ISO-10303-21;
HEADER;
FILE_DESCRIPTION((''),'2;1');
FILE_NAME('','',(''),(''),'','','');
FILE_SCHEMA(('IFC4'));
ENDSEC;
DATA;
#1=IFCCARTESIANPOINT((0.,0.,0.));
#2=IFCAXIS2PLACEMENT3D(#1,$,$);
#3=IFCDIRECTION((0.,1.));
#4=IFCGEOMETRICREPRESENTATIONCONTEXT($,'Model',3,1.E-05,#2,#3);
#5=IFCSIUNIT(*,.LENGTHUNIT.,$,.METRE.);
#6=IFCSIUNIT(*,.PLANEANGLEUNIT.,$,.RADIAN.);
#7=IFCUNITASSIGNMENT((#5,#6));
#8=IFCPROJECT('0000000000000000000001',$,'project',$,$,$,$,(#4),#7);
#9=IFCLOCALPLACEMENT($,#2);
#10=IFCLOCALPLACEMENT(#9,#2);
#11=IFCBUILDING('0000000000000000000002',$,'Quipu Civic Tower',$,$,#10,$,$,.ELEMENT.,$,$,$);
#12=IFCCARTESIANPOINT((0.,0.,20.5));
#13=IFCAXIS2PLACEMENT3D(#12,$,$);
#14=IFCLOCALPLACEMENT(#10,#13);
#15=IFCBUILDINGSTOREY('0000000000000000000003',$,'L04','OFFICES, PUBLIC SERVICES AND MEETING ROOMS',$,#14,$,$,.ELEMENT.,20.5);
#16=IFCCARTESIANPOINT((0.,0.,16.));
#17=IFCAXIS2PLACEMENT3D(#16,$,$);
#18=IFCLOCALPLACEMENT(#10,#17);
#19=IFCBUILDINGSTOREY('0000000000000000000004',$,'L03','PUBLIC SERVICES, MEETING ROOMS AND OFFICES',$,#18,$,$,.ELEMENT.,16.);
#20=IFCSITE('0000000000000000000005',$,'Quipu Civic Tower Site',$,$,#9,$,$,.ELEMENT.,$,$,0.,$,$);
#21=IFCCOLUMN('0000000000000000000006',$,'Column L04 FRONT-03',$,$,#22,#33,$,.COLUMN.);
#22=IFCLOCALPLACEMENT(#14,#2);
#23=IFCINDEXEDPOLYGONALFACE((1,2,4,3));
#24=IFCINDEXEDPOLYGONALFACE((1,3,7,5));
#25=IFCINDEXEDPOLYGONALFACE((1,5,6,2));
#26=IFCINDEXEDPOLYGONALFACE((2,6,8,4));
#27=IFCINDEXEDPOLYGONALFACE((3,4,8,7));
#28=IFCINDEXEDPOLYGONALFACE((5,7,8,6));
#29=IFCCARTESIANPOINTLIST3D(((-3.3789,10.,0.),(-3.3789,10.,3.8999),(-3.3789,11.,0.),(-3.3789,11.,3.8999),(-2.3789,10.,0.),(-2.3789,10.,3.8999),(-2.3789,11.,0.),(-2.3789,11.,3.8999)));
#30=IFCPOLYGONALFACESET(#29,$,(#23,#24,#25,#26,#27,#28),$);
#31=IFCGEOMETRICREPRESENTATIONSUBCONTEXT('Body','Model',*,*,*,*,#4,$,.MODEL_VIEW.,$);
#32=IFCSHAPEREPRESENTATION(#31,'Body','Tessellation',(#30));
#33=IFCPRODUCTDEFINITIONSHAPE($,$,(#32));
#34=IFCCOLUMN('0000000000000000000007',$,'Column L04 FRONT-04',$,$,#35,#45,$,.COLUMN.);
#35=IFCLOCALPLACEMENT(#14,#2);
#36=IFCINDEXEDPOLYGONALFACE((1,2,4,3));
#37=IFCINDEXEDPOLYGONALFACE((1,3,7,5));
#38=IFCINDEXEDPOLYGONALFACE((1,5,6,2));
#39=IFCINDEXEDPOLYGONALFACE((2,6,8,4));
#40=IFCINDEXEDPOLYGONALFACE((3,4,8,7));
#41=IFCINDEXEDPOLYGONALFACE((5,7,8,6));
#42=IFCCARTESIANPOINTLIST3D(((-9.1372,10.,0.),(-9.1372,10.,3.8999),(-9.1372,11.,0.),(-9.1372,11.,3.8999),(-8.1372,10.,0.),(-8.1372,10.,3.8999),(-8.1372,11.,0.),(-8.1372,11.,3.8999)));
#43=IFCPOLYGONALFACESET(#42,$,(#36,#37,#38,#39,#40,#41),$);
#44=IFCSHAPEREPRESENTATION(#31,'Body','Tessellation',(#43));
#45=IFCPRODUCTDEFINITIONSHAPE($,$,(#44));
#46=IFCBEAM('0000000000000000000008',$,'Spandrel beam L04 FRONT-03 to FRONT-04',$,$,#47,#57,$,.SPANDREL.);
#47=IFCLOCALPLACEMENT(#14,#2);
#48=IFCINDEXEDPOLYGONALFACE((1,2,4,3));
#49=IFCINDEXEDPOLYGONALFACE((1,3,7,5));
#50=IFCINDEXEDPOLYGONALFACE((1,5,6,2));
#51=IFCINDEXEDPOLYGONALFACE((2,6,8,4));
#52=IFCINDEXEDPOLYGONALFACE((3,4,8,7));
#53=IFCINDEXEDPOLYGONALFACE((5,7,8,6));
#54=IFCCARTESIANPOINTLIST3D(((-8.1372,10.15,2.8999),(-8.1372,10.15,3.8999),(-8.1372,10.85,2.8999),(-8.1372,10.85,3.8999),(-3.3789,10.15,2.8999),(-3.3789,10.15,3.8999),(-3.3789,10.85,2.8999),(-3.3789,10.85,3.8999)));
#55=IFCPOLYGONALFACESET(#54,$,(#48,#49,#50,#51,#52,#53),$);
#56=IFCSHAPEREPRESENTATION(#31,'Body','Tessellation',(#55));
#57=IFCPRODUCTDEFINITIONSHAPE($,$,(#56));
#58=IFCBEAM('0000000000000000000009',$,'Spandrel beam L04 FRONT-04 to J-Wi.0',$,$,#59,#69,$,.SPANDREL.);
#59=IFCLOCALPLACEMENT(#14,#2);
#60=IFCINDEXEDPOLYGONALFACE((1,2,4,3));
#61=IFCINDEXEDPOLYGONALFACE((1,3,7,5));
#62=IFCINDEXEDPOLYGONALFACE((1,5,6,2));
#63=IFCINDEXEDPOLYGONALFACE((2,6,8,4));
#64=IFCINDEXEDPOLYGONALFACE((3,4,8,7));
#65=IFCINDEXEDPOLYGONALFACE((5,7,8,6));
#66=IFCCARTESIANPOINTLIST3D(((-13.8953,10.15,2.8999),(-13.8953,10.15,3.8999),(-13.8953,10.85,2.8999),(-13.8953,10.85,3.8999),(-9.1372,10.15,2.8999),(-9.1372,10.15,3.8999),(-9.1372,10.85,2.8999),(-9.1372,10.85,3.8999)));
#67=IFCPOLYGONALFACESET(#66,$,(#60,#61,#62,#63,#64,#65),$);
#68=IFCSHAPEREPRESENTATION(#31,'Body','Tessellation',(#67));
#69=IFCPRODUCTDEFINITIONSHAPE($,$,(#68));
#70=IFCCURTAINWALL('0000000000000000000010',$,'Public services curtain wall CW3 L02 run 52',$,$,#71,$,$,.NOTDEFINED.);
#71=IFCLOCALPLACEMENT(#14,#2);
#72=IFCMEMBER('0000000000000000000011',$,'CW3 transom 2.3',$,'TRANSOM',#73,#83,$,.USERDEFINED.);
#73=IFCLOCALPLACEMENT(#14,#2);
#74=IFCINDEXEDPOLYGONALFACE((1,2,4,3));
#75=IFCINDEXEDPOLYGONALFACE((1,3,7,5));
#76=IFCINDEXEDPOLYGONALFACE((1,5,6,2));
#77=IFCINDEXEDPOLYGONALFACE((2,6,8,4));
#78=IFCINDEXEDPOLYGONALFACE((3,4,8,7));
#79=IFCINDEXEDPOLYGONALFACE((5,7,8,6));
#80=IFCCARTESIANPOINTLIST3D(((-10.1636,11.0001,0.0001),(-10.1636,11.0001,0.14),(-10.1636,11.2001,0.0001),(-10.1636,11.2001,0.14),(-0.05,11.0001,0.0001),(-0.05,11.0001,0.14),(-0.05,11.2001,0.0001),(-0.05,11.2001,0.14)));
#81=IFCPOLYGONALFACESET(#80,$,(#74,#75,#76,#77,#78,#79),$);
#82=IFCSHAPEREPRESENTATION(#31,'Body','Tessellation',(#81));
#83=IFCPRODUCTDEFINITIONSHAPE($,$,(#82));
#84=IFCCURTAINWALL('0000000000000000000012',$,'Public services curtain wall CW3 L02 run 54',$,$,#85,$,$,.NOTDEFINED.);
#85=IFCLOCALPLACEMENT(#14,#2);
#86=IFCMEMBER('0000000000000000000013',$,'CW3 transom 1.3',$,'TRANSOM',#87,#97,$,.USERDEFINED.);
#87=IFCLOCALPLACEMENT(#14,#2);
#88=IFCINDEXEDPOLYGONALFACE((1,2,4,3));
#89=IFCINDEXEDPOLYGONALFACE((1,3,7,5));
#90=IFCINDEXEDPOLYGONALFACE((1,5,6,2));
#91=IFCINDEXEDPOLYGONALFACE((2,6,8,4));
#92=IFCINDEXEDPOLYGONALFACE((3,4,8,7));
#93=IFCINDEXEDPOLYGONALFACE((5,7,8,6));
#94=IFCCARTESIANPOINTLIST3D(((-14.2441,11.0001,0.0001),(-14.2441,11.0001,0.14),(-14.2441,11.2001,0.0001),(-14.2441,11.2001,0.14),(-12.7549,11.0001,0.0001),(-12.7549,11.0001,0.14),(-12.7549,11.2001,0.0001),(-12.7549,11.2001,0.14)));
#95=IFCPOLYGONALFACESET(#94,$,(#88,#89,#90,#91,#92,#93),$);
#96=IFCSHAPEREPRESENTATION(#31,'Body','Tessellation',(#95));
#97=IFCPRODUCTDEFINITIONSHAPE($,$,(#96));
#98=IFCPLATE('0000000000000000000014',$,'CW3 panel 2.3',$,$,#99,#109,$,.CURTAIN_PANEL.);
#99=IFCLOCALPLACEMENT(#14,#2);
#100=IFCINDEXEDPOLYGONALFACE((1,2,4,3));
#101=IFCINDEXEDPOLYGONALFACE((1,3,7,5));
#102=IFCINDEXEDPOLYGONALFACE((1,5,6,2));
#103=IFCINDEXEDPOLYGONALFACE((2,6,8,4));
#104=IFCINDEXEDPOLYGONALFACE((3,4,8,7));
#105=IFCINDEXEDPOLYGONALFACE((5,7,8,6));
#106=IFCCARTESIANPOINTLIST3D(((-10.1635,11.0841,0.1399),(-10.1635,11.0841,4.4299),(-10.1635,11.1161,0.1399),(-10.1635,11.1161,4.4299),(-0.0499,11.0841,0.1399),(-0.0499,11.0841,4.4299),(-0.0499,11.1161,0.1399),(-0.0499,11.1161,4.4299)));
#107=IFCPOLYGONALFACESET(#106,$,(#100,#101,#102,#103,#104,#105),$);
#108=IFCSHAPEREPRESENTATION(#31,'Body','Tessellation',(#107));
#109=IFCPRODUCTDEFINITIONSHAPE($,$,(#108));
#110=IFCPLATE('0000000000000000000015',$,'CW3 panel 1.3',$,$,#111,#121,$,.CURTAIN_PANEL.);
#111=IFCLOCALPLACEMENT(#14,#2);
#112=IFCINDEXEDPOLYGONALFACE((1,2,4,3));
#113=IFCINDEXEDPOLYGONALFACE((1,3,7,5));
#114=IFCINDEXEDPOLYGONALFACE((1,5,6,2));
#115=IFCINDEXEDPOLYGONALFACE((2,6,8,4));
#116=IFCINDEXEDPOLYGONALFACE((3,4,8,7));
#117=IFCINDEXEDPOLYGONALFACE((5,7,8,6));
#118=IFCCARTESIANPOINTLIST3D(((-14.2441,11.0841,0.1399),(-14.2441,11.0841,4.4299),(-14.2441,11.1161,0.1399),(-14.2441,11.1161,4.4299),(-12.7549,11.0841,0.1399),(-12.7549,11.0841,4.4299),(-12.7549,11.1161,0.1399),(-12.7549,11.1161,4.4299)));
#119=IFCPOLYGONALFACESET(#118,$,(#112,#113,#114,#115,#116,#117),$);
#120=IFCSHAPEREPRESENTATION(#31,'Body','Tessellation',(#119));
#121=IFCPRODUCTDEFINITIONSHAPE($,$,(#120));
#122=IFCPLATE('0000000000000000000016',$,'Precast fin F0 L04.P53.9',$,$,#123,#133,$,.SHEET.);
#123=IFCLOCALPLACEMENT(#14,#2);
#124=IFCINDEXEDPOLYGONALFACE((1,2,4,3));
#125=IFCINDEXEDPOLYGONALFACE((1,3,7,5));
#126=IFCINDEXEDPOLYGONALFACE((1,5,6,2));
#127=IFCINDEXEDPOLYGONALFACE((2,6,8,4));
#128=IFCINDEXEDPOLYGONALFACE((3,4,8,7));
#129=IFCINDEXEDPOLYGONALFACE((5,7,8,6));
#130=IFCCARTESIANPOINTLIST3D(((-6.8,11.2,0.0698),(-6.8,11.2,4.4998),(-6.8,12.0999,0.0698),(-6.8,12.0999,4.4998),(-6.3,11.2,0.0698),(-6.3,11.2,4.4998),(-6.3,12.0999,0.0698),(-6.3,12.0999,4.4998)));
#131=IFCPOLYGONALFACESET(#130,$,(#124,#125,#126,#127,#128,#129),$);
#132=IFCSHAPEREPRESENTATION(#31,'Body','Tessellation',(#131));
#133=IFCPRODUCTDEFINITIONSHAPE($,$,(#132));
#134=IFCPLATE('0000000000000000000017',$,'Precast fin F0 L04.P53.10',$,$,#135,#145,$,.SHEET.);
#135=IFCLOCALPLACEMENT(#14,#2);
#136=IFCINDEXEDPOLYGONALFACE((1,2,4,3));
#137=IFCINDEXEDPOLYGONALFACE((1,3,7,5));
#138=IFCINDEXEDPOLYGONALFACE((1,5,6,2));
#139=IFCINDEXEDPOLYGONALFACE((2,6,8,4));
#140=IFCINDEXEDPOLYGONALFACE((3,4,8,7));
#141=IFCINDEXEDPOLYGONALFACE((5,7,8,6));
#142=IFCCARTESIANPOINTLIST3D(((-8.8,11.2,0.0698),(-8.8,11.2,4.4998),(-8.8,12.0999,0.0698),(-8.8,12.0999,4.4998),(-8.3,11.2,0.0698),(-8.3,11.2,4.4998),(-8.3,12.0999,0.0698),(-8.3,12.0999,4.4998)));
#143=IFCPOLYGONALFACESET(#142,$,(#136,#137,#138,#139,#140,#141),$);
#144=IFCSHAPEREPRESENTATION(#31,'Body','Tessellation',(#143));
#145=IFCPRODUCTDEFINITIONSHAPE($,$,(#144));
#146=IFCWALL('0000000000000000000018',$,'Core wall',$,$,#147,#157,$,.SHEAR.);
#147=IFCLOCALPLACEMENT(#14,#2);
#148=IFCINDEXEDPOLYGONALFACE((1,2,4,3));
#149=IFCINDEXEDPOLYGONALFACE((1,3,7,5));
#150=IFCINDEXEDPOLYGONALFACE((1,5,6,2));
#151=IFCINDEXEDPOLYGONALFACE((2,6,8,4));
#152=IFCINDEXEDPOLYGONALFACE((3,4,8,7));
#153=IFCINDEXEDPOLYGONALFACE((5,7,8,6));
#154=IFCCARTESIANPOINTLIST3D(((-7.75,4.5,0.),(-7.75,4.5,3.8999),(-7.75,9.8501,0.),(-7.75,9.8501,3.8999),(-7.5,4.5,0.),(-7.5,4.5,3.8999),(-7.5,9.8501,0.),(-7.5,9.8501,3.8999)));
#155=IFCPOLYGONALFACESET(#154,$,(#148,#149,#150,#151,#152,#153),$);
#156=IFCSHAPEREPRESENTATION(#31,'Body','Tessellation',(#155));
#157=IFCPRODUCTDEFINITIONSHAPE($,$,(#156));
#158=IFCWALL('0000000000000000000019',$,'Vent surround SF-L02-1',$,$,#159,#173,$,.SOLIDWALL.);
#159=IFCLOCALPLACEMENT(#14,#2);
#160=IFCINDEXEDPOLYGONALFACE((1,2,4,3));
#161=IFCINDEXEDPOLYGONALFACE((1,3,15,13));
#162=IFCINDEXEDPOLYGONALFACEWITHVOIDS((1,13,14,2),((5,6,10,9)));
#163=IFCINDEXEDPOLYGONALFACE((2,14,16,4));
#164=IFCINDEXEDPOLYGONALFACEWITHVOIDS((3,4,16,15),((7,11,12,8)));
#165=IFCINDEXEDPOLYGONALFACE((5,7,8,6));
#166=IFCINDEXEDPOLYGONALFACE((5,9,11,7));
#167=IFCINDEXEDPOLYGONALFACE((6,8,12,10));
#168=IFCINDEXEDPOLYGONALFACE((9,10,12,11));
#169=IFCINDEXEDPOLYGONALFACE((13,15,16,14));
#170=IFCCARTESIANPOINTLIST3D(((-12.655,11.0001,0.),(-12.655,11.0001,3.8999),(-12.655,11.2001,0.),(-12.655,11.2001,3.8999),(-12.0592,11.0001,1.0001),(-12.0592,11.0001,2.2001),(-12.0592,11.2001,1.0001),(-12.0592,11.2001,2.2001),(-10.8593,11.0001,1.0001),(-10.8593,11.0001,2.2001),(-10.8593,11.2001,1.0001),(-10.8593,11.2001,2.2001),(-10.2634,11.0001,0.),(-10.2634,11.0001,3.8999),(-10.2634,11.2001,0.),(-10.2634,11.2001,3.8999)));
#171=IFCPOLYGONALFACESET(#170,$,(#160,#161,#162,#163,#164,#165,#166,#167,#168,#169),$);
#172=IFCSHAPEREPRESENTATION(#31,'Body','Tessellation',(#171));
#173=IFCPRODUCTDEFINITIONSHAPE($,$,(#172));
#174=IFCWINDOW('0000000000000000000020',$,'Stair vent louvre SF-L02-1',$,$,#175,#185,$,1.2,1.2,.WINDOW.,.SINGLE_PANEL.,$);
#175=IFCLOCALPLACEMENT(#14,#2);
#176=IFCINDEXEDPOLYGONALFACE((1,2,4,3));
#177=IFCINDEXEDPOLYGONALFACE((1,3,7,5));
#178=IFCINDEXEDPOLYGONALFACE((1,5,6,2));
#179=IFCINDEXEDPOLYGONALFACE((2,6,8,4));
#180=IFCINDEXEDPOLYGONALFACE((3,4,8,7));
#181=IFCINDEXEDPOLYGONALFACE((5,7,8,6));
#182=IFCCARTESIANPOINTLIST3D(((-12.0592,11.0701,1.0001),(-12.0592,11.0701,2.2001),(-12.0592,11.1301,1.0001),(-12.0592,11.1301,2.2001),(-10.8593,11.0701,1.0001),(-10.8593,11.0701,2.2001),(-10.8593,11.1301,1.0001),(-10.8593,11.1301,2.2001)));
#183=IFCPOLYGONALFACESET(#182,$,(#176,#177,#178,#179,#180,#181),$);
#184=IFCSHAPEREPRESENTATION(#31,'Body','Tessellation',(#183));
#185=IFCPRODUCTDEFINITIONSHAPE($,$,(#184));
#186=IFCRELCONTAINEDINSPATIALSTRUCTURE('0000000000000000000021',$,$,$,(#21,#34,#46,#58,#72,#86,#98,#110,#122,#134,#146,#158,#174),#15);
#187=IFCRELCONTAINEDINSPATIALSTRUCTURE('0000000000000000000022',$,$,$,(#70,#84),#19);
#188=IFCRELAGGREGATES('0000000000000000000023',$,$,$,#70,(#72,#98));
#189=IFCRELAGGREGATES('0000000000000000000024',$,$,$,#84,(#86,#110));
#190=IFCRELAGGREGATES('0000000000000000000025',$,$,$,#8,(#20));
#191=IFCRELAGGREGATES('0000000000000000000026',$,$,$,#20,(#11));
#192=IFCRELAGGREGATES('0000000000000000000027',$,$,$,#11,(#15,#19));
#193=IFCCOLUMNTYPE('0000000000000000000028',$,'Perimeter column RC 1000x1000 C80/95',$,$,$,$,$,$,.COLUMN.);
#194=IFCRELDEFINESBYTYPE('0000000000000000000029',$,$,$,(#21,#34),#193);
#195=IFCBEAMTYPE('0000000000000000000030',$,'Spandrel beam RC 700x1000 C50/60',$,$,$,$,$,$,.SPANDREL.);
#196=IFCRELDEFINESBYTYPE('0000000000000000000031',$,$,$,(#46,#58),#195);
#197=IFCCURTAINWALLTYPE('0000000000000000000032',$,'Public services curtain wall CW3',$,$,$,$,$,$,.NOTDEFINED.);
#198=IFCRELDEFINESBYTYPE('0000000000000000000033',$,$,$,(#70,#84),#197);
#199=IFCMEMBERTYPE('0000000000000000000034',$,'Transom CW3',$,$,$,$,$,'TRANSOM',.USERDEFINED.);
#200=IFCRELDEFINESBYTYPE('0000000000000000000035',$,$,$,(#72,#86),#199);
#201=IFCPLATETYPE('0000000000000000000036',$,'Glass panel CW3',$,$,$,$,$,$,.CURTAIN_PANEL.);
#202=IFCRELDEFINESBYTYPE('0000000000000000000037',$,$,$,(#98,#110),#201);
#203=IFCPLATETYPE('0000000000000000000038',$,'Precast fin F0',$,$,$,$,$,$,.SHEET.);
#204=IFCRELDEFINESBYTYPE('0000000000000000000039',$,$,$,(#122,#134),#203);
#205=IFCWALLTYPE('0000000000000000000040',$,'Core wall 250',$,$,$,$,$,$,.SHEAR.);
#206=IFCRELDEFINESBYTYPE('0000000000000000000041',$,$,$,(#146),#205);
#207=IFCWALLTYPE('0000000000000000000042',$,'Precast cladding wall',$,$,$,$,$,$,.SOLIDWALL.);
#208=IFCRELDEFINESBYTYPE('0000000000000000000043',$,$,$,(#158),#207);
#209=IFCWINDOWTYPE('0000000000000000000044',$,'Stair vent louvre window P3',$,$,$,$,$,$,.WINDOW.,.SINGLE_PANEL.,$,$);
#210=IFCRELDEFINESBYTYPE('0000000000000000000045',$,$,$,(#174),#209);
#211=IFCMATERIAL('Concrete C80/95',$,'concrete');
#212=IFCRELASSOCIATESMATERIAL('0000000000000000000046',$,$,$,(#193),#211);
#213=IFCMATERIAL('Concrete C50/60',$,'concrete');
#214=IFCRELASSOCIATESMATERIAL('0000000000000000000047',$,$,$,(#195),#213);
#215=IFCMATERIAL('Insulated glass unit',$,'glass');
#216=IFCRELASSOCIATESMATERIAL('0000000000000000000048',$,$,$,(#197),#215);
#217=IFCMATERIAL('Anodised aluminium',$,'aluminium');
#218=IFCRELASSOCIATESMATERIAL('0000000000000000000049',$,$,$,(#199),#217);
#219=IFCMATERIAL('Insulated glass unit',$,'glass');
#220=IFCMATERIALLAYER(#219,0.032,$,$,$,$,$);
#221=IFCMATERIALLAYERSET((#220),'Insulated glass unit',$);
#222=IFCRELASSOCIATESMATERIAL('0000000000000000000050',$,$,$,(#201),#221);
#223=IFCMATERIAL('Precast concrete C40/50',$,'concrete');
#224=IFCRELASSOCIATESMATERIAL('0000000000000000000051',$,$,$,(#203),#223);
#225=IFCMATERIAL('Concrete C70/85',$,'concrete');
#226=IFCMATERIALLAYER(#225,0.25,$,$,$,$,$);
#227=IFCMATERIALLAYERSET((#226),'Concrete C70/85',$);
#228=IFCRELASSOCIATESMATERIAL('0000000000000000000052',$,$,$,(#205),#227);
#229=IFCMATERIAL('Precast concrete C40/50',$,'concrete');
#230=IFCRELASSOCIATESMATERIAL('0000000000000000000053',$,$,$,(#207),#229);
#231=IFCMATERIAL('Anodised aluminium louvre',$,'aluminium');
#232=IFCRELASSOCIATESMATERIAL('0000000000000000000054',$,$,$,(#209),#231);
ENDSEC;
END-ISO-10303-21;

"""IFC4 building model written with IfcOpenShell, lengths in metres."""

from ifc_helpers import new_model, si_unit, direction, frame, frame_2d, origin, origin_2d, place, context, subcontext, project, spatial, rectangle, extrude, material, layer, layer_set, material_profile, profile_set, type_object, element, fill, aggregate, save


model = new_model("IFC4")

# Units and contexts
model_context = context("Model", 3, precision=1e-05, world=origin(), true_north=direction((0.0, 1.0)))
body_context = subcontext(model_context, "Body", "Model", "MODEL_VIEW")
ifc_project = project(units=[si_unit("LENGTHUNIT", "METRE"), si_unit("PLANEANGLEUNIT", "RADIAN")], contexts=[model_context])

# Site, building, storey
site_placement = place(None, origin())
site = spatial("IfcSite", under=ifc_project, at=site_placement, Name="Quipu Civic Tower Site", CompositionType="ELEMENT", RefElevation=0.0)
building_placement = place(site_placement, origin())
building = spatial("IfcBuilding", under=site, at=building_placement, Name="Quipu Civic Tower", CompositionType="ELEMENT")
storey_1_placement = place(building_placement, frame((0.0, 0.0, 20.5)))
storey_1 = spatial("IfcBuildingStorey", under=building, at=storey_1_placement, Name="L04", Description="OFFICES, PUBLIC SERVICES AND MEETING ROOMS", CompositionType="ELEMENT", Elevation=20.5)

# Columns
ifc_material_1 = material(Name="Concrete C80/95", Category="concrete")
ifc_material_profile_1 = material_profile(ifc_material_1, rectangle(XDim=1.0, YDim=1.0, at=origin_2d()), Name="RC1000x1000")
ifc_profile_set_1 = profile_set([ifc_material_profile_1], Name="Concrete C80/95")
column_type = type_object("IfcColumnType", Name="Perimeter column RC 1000x1000 C80/95", PredefinedType="COLUMN", material=ifc_profile_set_1)
for number, where, z_axis, x_axis, name in (
    (1, (-2.8789, 10.5, 0.0), (0.0, 0.0, 1.0), (-1.0, 0.0, 0.0), "Column L04 FRONT-03"),
    (2, (-8.6372, 10.5, 0.0), (0.0, 0.0, 1.0), (-1.0, 0.0, 0.0), "Column L04 FRONT-04"),
):
    element("IfcColumn", number, at=place(storey_1_placement, frame(where, z_axis=z_axis, x_axis=x_axis)), inside=storey_1, type_object=column_type, Name=name, PredefinedType="COLUMN", context=body_context, shape_type="SweptSolid", body=[
        extrude(rectangle(XDim=1.0, YDim=1.0, at=origin_2d()), origin(), (0.0, 0.0, 1.0), 3.8999),
    ])

# Beams
ifc_material_2 = material(Name="Concrete C50/60", Category="concrete")
ifc_material_profile_2 = material_profile(ifc_material_2, rectangle(XDim=0.7, YDim=1.0, at=origin_2d()), Name="RC700x1000")
ifc_profile_set_2 = profile_set([ifc_material_profile_2], Name="Concrete C50/60")
beam_type = type_object("IfcBeamType", Name="Spandrel beam RC 700x1000 C50/60", PredefinedType="SPANDREL", material=ifc_profile_set_2)
beam_1_placement = place(storey_1_placement, frame((-3.3789, 10.5, 3.3999), z_axis=(-1.0, 0.0, 0.0), x_axis=(0.0, -1.0, 0.0)))
element("IfcBeam", 3, at=beam_1_placement, inside=storey_1, type_object=beam_type, Name="Spandrel beam L04 FRONT-03 to FRONT-04", PredefinedType="SPANDREL", context=body_context, shape_type="SweptSolid", body=[
    extrude(rectangle(XDim=0.7, YDim=1.0, at=origin_2d()), origin(), (0.0, 0.0, 1.0), 4.7583),
])
beam_2_placement = place(storey_1_placement, frame((-9.1372, 10.5, 3.3999), z_axis=(-1.0, 0.0, 0.0), x_axis=(0.0, -1.0, 0.0)))
element("IfcBeam", 4, at=beam_2_placement, inside=storey_1, type_object=beam_type, Name="Spandrel beam L04 FRONT-04 to J-Wi.0", PredefinedType="SPANDREL", context=body_context, shape_type="SweptSolid", body=[
    extrude(rectangle(XDim=0.7, YDim=1.0, at=origin_2d()), origin(), (0.0, 0.0, 1.0), 4.7581),
])

# Shared definitions
storey_2_placement = place(building_placement, frame((0.0, 0.0, 16.0)))
storey_2 = spatial("IfcBuildingStorey", under=building, at=storey_2_placement, Name="L03", Description="PUBLIC SERVICES, MEETING ROOMS AND OFFICES", CompositionType="ELEMENT", Elevation=16.0)

# Curtain walls, members
ifc_material_3 = material(Name="Insulated glass unit", Category="glass")
curtain_wall_type = type_object("IfcCurtainWallType", Name="Public services curtain wall CW3", PredefinedType="NOTDEFINED", material=ifc_material_3)
curtain_wall_1_placement = place(storey_2_placement, origin())
curtain_wall_1 = element("IfcCurtainWall", 5, at=curtain_wall_1_placement, inside=storey_2, type_object=curtain_wall_type, Name="Public services curtain wall CW3 L02 run 52", PredefinedType="NOTDEFINED")
ifc_material_4 = material(Name="Anodised aluminium", Category="aluminium")
ifc_material_profile_3 = material_profile(ifc_material_4, rectangle(XDim=0.2, YDim=0.1399, at=origin_2d()), Name="RECT 200x140")
ifc_profile_set_3 = profile_set([ifc_material_profile_3], Name="Anodised aluminium")
member_type = type_object("IfcMemberType", Name="Transom CW3", ElementType="TRANSOM", PredefinedType="USERDEFINED", material=ifc_profile_set_3)
member_1_placement = place(storey_1_placement, frame((-0.05, 11.1001, 0.0701), z_axis=(-1.0, 0.0, 0.0), x_axis=(0.0, -1.0, 0.0)))
member_1 = element("IfcMember", 6, at=member_1_placement, inside=storey_1, type_object=member_type, Name="CW3 transom 2.3", ObjectType="TRANSOM", PredefinedType="USERDEFINED", context=body_context, shape_type="SweptSolid", body=[
    extrude(rectangle(XDim=0.2, YDim=0.1399, at=origin_2d()), origin(), (0.0, 0.0, 1.0), 10.1135),
])
curtain_wall_2_placement = place(storey_2_placement, origin())
curtain_wall_2 = element("IfcCurtainWall", 7, at=curtain_wall_2_placement, inside=storey_2, type_object=curtain_wall_type, Name="Public services curtain wall CW3 L02 run 54", PredefinedType="NOTDEFINED")
member_2_placement = place(storey_1_placement, frame((-12.7549, 11.1001, 0.0701), z_axis=(-1.0, 0.0, 0.0), x_axis=(0.0, -1.0, 0.0)))
member_2 = element("IfcMember", 8, at=member_2_placement, inside=storey_1, type_object=member_type, Name="CW3 transom 1.3", ObjectType="TRANSOM", PredefinedType="USERDEFINED", context=body_context, shape_type="SweptSolid", body=[
    extrude(rectangle(XDim=0.2, YDim=0.1399, at=origin_2d()), origin(), (0.0, 0.0, 1.0), 1.4893),
])

# Plates
ifc_material_5 = material(Name="Insulated glass unit", Category="glass")
ifc_layer_1 = layer(ifc_material_5, 0.032)
ifc_layer_set_1 = layer_set([ifc_layer_1], Name="Insulated glass unit")
plate_type_1 = type_object("IfcPlateType", Name="Glass panel CW3", PredefinedType="CURTAIN_PANEL", material=ifc_layer_set_1)
plate_1_placement = place(storey_1_placement, frame((-5.1067, 11.1001, 0.1399), z_axis=(0.0, 0.0, 1.0), x_axis=(-1.0, 0.0, 0.0)))
plate_1 = element("IfcPlate", 9, at=plate_1_placement, inside=storey_1, type_object=plate_type_1, Name="CW3 panel 2.3", PredefinedType="CURTAIN_PANEL", context=body_context, shape_type="SweptSolid", body=[
    extrude(rectangle(XDim=10.1135, YDim=0.032, at=origin_2d()), origin(), (0.0, 0.0, 1.0), 4.29),
])
aggregate(curtain_wall_1, [member_1, plate_1])
plate_2_placement = place(storey_1_placement, frame((-13.4995, 11.1001, 0.1399), z_axis=(0.0, 0.0, 1.0), x_axis=(-1.0, 0.0, 0.0)))
plate_2 = element("IfcPlate", 10, at=plate_2_placement, inside=storey_1, type_object=plate_type_1, Name="CW3 panel 1.3", PredefinedType="CURTAIN_PANEL", context=body_context, shape_type="SweptSolid", body=[
    extrude(rectangle(XDim=1.4893, YDim=0.032, at=origin_2d()), origin(), (0.0, 0.0, 1.0), 4.29),
])
aggregate(curtain_wall_2, [member_2, plate_2])

# Plates
ifc_material_6 = material(Name="Precast concrete C40/50", Category="concrete")
plate_type_2 = type_object("IfcPlateType", Name="Precast fin F0", PredefinedType="SHEET", material=ifc_material_6)
for number, where, z_axis, x_axis, name in (
    (11, (-6.55, 11.6499, 0.0698), (0.0, 0.0, 1.0), (-1.0, 0.0, 0.0), "Precast fin F0 L04.P53.9"),
    (12, (-8.55, 11.6499, 0.0698), (0.0, 0.0, 1.0), (-1.0, 0.0, 0.0), "Precast fin F0 L04.P53.10"),
):
    element("IfcPlate", number, at=place(storey_1_placement, frame(where, z_axis=z_axis, x_axis=x_axis)), inside=storey_1, type_object=plate_type_2, Name=name, PredefinedType="SHEET", context=body_context, shape_type="SweptSolid", body=[
        extrude(rectangle(XDim=0.5, YDim=0.8999, at=origin_2d()), origin(), (0.0, 0.0, 1.0), 4.4299),
    ])

# Wall
ifc_material_7 = material(Name="Concrete C70/85", Category="concrete")
ifc_layer_2 = layer(ifc_material_7, 0.25)
ifc_layer_set_2 = layer_set([ifc_layer_2], Name="Concrete C70/85")
wall_type_1 = type_object("IfcWallType", Name="Core wall 250", PredefinedType="SHEAR", material=ifc_layer_set_2)
wall_1_placement = place(storey_1_placement, frame((-7.625, 4.5, 0.0), z_axis=(0.0, 0.0, 1.0), x_axis=(0.0, 1.0, 0.0)))
element("IfcWall", 13, at=wall_1_placement, inside=storey_1, type_object=wall_type_1, Name="Core wall", PredefinedType="SHEAR", context=body_context, shape_type="SweptSolid", body=[
    extrude(rectangle(XDim=5.3501, YDim=0.25, at=frame_2d((2.675, 0.0))), origin(), (0.0, 0.0, 1.0), 3.8999),
])

# Wall, opening, window
ifc_material_8 = material(Name="Precast concrete C40/50", Category="concrete")
wall_type_2 = type_object("IfcWallType", Name="Precast cladding wall", PredefinedType="SOLIDWALL", material=ifc_material_8)
wall_2_placement = place(storey_1_placement, frame((-10.2634, 11.1001, 0.0), z_axis=(0.0, 0.0, 1.0), x_axis=(-1.0, 0.0, 0.0)))
wall_2 = element("IfcWall", 14, at=wall_2_placement, inside=storey_1, type_object=wall_type_2, Name="Vent surround SF-L02-1", PredefinedType="SOLIDWALL", context=body_context, shape_type="SweptSolid", body=[
    extrude(rectangle(XDim=2.3916, YDim=0.2, at=frame_2d((1.1958, 0.0))), origin(), (0.0, 0.0, 1.0), 3.8999),
])
opening_placement = place(wall_2_placement, frame((0.5957, 0.0, 1.0)))
opening = element("IfcOpeningElement", 15, at=opening_placement, cuts=wall_2, PredefinedType="OPENING", context=body_context, shape_type="SweptSolid", body=[
    extrude(rectangle(XDim=1.2, YDim=1.2, at=frame_2d((0.6001, 0.6001))), frame((0.0, 0.1099, 0.0), z_axis=(0.0, -1.0, 0.0), x_axis=(1.0, 0.0, 0.0)), (0.0, 0.0, 1.0), 0.22),
])
ifc_material_9 = material(Name="Anodised aluminium louvre", Category="aluminium")
window_type = type_object("IfcWindowType", Name="Stair vent louvre window P3", PartitioningType="SINGLE_PANEL", PredefinedType="WINDOW", material=ifc_material_9)
window_placement = place(opening_placement, origin())
window = element("IfcWindow", 16, at=window_placement, inside=storey_1, type_object=window_type, Name="Stair vent louvre SF-L02-1", OverallHeight=1.2, OverallWidth=1.2, PartitioningType="SINGLE_PANEL", PredefinedType="WINDOW", context=body_context, shape_type="SweptSolid", body=[
    extrude(rectangle(XDim=1.2, YDim=1.2, at=frame_2d((0.6001, 0.6001))), frame((0.0, 0.03, 0.0), z_axis=(0.0, -1.0, 0.0), x_axis=(1.0, 0.0, 0.0)), (0.0, 0.0, 1.0), 0.0601),
])
fill(opening, window)

save(model, "model.ifc")
